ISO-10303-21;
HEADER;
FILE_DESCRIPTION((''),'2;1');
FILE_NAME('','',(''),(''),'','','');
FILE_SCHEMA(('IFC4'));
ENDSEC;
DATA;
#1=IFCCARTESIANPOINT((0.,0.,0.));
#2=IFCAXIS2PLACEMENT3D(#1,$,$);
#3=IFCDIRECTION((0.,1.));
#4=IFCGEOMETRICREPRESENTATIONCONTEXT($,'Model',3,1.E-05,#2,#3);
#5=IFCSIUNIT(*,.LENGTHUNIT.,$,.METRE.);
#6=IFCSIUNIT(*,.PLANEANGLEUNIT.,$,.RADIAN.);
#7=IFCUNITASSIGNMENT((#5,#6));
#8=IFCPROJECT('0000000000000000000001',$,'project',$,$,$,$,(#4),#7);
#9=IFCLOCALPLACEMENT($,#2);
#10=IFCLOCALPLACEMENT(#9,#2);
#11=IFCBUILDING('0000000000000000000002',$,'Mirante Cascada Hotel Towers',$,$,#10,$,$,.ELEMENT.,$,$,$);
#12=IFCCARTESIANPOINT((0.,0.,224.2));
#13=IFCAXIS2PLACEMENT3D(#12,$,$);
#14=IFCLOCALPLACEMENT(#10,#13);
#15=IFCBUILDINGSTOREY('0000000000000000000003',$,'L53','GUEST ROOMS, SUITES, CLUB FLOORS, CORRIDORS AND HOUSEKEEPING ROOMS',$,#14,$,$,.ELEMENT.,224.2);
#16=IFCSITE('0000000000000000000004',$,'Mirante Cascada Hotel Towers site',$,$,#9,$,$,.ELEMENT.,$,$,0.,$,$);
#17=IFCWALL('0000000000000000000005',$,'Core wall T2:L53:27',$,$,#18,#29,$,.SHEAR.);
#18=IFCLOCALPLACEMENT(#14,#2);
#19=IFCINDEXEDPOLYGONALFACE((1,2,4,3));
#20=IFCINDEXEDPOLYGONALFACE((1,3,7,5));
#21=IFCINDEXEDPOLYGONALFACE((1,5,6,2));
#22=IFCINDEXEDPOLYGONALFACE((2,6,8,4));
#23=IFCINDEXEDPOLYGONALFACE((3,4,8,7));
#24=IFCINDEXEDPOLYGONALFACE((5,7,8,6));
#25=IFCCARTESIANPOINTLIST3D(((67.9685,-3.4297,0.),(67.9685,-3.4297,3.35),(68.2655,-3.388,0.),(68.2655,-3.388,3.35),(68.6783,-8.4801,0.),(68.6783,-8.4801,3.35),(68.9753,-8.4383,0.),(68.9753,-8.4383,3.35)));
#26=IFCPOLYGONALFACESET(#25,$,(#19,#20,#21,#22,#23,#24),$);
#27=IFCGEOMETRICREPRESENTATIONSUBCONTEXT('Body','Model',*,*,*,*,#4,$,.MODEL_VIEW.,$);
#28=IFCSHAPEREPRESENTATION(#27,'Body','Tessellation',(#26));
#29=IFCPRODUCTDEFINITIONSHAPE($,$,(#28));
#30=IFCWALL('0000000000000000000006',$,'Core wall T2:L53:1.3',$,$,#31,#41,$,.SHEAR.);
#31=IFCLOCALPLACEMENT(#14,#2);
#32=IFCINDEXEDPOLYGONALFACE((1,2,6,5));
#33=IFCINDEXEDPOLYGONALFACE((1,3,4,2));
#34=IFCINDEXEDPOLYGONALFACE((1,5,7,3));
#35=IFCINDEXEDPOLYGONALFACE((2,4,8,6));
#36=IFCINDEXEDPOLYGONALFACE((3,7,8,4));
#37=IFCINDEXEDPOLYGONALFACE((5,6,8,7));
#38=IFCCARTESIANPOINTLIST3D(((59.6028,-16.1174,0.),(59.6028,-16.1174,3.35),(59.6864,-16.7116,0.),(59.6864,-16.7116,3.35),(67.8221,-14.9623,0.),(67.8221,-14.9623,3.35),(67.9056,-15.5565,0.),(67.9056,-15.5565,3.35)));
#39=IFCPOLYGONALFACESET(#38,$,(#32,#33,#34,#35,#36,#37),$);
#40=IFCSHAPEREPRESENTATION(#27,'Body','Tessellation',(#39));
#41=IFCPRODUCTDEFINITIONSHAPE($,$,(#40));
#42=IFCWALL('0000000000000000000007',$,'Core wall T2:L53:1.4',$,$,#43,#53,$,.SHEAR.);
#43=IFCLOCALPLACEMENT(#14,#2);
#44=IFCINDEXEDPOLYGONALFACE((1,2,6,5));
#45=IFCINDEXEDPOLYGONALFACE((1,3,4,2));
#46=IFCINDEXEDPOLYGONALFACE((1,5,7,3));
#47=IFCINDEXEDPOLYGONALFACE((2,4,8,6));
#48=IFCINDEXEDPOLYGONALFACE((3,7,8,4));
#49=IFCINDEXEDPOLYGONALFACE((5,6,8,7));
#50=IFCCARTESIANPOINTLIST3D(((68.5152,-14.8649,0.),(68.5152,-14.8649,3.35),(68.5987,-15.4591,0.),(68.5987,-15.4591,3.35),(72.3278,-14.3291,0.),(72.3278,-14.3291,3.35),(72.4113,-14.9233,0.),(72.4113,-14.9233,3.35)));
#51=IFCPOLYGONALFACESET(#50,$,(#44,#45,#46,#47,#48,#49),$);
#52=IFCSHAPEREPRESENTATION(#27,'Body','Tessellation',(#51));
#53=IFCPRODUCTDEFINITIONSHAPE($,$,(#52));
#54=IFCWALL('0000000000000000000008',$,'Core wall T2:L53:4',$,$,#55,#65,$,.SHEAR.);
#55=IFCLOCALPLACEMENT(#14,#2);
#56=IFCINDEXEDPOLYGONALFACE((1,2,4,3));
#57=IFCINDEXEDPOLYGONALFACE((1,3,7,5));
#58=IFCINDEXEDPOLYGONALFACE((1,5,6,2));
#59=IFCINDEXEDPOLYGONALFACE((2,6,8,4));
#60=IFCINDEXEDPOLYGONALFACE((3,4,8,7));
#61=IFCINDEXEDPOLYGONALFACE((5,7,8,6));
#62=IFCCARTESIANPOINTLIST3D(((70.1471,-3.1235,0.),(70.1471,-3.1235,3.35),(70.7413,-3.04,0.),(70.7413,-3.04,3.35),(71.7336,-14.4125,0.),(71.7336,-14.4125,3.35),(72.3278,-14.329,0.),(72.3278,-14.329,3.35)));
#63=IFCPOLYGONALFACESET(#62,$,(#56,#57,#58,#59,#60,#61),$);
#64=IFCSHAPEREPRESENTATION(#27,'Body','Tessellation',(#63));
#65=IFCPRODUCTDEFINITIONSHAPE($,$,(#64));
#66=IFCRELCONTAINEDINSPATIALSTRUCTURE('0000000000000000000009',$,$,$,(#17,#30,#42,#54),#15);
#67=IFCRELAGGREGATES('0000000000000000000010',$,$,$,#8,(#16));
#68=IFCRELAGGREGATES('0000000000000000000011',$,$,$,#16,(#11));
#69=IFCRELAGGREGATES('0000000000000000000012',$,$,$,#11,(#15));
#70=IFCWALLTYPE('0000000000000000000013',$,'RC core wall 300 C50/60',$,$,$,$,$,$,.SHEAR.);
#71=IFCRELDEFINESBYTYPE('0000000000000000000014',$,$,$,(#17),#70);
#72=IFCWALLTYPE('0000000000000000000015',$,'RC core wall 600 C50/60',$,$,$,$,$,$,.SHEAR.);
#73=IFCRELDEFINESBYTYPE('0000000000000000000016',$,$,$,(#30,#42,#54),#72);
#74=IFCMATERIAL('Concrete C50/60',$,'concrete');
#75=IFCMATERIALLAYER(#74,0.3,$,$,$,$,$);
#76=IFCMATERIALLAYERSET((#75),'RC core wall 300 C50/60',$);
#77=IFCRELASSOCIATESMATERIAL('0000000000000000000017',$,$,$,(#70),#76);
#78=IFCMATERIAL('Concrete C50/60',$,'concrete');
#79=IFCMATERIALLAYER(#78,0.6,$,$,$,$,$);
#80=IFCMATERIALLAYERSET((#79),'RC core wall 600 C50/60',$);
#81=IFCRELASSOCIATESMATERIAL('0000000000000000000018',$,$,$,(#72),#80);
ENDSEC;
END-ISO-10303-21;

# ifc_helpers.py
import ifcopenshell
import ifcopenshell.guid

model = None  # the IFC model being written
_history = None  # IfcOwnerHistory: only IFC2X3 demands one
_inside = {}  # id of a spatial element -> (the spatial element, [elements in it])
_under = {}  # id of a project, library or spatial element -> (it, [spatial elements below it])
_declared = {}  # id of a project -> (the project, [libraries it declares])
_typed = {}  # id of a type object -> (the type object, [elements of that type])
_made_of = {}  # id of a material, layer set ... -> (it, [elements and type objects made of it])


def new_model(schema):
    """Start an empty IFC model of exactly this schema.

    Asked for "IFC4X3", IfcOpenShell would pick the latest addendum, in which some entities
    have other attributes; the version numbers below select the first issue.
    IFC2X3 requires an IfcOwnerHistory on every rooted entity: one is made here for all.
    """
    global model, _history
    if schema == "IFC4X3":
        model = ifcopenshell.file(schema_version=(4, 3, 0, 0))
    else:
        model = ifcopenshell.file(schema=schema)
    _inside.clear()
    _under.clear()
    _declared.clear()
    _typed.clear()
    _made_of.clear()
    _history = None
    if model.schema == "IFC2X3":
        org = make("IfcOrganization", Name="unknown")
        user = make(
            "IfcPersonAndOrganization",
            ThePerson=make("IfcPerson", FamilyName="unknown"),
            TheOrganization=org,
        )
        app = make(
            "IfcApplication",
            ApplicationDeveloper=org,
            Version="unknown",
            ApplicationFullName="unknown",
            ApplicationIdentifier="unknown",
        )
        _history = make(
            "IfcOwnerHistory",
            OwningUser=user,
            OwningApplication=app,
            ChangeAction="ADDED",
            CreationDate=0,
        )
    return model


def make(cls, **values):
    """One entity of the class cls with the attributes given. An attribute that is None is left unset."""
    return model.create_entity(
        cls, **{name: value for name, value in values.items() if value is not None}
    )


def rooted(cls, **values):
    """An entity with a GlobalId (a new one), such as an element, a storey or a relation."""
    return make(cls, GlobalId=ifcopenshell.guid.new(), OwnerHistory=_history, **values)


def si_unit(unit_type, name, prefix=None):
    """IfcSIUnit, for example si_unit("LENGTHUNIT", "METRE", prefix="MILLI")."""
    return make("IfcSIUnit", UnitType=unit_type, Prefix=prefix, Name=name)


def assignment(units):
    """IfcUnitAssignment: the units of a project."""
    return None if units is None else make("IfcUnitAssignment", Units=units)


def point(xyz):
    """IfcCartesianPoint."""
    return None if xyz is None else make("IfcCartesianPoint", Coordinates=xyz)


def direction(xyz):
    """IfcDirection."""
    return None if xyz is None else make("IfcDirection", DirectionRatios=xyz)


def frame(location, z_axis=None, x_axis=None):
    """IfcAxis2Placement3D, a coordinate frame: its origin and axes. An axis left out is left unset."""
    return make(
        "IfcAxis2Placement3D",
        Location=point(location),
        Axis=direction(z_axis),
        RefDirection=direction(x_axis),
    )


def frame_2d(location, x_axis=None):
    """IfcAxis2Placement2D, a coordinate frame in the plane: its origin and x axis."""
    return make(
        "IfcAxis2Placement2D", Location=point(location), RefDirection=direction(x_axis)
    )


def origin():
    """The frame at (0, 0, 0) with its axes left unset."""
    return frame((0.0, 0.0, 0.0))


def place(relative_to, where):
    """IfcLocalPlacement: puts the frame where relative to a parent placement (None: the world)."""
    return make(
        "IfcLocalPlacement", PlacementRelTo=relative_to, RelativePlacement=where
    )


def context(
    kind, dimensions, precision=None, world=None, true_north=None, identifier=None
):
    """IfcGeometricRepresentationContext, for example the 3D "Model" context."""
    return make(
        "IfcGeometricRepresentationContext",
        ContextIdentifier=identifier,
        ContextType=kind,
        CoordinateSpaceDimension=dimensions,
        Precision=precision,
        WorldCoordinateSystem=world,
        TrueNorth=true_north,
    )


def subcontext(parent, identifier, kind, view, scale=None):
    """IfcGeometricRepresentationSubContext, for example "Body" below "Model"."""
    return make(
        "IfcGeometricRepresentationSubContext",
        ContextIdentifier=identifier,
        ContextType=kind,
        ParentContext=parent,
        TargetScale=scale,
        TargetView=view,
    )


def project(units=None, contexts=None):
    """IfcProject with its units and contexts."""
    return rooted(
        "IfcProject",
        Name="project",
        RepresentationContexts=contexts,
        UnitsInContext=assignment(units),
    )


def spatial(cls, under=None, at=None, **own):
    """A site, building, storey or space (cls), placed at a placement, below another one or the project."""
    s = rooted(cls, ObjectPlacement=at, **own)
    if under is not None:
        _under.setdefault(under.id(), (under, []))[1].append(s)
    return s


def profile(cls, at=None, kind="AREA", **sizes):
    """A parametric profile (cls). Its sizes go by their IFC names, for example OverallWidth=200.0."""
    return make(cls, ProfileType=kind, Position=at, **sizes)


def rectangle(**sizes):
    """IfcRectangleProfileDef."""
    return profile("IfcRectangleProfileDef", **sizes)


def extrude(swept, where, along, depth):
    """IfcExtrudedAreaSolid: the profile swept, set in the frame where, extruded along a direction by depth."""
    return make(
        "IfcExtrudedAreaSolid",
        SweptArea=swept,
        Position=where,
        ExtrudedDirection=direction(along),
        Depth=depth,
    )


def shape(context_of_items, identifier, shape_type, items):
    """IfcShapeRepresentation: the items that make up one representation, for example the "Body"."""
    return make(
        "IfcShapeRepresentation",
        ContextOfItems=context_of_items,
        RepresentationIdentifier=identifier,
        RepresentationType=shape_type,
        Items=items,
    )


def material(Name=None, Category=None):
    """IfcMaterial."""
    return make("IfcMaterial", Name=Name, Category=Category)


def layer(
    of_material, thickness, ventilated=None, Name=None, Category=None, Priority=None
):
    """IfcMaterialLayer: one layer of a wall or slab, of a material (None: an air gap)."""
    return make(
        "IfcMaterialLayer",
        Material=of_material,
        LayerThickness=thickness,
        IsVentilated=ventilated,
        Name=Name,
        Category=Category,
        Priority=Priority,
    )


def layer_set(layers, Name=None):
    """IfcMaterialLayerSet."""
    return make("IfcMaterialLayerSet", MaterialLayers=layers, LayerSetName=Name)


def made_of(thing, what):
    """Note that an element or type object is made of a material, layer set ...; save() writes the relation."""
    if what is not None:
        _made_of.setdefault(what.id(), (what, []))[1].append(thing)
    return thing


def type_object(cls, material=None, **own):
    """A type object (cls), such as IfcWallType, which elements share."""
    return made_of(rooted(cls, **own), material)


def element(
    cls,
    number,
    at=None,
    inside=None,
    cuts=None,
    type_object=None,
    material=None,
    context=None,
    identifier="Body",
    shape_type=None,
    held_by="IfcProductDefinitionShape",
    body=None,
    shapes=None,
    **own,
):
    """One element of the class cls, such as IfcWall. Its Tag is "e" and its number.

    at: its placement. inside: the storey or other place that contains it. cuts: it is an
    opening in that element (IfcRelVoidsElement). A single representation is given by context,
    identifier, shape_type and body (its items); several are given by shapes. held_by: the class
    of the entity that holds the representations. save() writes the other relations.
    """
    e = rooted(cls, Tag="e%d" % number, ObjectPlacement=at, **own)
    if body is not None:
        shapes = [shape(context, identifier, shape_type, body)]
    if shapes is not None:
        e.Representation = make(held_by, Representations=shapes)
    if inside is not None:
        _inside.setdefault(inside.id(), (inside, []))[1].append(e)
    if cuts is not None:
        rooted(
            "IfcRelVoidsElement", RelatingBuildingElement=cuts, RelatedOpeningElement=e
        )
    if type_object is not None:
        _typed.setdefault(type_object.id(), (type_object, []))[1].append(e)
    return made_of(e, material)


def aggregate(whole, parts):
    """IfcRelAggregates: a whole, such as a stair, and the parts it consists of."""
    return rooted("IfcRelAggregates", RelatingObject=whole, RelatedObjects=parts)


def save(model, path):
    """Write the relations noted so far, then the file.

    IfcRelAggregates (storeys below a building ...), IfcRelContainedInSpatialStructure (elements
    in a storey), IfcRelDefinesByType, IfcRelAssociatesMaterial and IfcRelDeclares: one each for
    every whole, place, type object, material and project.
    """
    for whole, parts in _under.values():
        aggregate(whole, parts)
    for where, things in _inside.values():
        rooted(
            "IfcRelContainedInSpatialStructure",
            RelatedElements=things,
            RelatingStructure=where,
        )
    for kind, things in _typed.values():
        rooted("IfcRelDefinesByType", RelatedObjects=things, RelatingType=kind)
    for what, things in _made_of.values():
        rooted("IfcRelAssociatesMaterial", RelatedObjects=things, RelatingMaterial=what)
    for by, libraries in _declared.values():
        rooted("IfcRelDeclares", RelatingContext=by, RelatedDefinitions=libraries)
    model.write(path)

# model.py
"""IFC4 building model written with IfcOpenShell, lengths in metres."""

from ifc_helpers import new_model, si_unit, direction, frame, frame_2d, origin, place, context, subcontext, project, spatial, rectangle, extrude, material, layer, layer_set, type_object, element, save


model = new_model("IFC4")

# Units and contexts
model_context = context("Model", 3, precision=1e-05, world=origin(), true_north=direction((0.0, 1.0)))
body_context = subcontext(model_context, "Body", "Model", "MODEL_VIEW")
ifc_project = project(units=[si_unit("LENGTHUNIT", "METRE"), si_unit("PLANEANGLEUNIT", "RADIAN")], contexts=[model_context])

# Site, building, storey
site_placement = place(None, origin())
site = spatial("IfcSite", under=ifc_project, at=site_placement, Name="Mirante Cascada Hotel Towers site", CompositionType="ELEMENT", RefElevation=0.0)
building_placement = place(site_placement, origin())
building = spatial("IfcBuilding", under=site, at=building_placement, Name="Mirante Cascada Hotel Towers", CompositionType="ELEMENT")
storey_placement = place(building_placement, frame((0.0, 0.0, 224.2)))
storey = spatial("IfcBuildingStorey", under=building, at=storey_placement, Name="L53", Description="GUEST ROOMS, SUITES, CLUB FLOORS, CORRIDORS AND HOUSEKEEPING ROOMS", CompositionType="ELEMENT", Elevation=224.2)

# Walls
ifc_material_1 = material(Name="Concrete C50/60", Category="concrete")
ifc_layer_1 = layer(ifc_material_1, 0.3)
ifc_layer_set_1 = layer_set([ifc_layer_1], Name="RC core wall 300 C50/60")
wall_type_1 = type_object("IfcWallType", Name="RC core wall 300 C50/60", PredefinedType="SHEAR", material=ifc_layer_set_1)
wall_1_placement = place(storey_placement, frame((68.8268, -8.4592, 0.0), z_axis=(0.0, 0.0, 1.0), x_axis=(-0.139176, 0.990268, 0.0)))
element("IfcWall", 1, at=wall_1_placement, inside=storey, type_object=wall_type_1, Name="Core wall T2:L53:27", PredefinedType="SHEAR", context=body_context, shape_type="SweptSolid", body=[
    extrude(rectangle(XDim=5.1, YDim=0.3, at=frame_2d((2.55, 0.0))), origin(), (0.0, 0.0, 1.0), 3.35),
])
ifc_material_2 = material(Name="Concrete C50/60", Category="concrete")
ifc_layer_2 = layer(ifc_material_2, 0.6)
ifc_layer_set_2 = layer_set([ifc_layer_2], Name="RC core wall 600 C50/60")
wall_type_2 = type_object("IfcWallType", Name="RC core wall 600 C50/60", PredefinedType="SHEAR", material=ifc_layer_set_2)
wall_2_placement = place(storey_placement, frame((59.6446, -16.4145, 0.0), z_axis=(0.0, 0.0, 1.0), x_axis=(0.990269, 0.139169, 0.0)))
element("IfcWall", 2, at=wall_2_placement, inside=storey, type_object=wall_type_2, Name="Core wall T2:L53:1.3", PredefinedType="SHEAR", context=body_context, shape_type="SweptSolid", body=[
    extrude(rectangle(XDim=8.3, YDim=0.6, at=frame_2d((4.15, 0.0))), origin(), (0.0, 0.0, 1.0), 3.35),
])
wall_3_placement = place(storey_placement, frame((68.557, -15.162, 0.0), z_axis=(0.0, 0.0, 1.0), x_axis=(0.990269, 0.139166, 0.0)))
element("IfcWall", 3, at=wall_3_placement, inside=storey, type_object=wall_type_2, Name="Core wall T2:L53:1.4", PredefinedType="SHEAR", context=body_context, shape_type="SweptSolid", body=[
    extrude(rectangle(XDim=3.8501, YDim=0.6, at=frame_2d((1.925, 0.0))), origin(), (0.0, 0.0, 1.0), 3.35),
])
wall_4_placement = place(storey_placement, frame((72.0307, -14.3708, 0.0), z_axis=(0.0, 0.0, 1.0), x_axis=(-0.139167, 0.990269, 0.0)))
element("IfcWall", 4, at=wall_4_placement, inside=storey, type_object=wall_type_2, Name="Core wall T2:L53:4", PredefinedType="SHEAR", context=body_context, shape_type="SweptSolid", body=[
    extrude(rectangle(XDim=11.3999, YDim=0.6, at=frame_2d((5.7, 0.0))), origin(), (0.0, 0.0, 1.0), 3.35),
])

save(model, "model.ifc")
